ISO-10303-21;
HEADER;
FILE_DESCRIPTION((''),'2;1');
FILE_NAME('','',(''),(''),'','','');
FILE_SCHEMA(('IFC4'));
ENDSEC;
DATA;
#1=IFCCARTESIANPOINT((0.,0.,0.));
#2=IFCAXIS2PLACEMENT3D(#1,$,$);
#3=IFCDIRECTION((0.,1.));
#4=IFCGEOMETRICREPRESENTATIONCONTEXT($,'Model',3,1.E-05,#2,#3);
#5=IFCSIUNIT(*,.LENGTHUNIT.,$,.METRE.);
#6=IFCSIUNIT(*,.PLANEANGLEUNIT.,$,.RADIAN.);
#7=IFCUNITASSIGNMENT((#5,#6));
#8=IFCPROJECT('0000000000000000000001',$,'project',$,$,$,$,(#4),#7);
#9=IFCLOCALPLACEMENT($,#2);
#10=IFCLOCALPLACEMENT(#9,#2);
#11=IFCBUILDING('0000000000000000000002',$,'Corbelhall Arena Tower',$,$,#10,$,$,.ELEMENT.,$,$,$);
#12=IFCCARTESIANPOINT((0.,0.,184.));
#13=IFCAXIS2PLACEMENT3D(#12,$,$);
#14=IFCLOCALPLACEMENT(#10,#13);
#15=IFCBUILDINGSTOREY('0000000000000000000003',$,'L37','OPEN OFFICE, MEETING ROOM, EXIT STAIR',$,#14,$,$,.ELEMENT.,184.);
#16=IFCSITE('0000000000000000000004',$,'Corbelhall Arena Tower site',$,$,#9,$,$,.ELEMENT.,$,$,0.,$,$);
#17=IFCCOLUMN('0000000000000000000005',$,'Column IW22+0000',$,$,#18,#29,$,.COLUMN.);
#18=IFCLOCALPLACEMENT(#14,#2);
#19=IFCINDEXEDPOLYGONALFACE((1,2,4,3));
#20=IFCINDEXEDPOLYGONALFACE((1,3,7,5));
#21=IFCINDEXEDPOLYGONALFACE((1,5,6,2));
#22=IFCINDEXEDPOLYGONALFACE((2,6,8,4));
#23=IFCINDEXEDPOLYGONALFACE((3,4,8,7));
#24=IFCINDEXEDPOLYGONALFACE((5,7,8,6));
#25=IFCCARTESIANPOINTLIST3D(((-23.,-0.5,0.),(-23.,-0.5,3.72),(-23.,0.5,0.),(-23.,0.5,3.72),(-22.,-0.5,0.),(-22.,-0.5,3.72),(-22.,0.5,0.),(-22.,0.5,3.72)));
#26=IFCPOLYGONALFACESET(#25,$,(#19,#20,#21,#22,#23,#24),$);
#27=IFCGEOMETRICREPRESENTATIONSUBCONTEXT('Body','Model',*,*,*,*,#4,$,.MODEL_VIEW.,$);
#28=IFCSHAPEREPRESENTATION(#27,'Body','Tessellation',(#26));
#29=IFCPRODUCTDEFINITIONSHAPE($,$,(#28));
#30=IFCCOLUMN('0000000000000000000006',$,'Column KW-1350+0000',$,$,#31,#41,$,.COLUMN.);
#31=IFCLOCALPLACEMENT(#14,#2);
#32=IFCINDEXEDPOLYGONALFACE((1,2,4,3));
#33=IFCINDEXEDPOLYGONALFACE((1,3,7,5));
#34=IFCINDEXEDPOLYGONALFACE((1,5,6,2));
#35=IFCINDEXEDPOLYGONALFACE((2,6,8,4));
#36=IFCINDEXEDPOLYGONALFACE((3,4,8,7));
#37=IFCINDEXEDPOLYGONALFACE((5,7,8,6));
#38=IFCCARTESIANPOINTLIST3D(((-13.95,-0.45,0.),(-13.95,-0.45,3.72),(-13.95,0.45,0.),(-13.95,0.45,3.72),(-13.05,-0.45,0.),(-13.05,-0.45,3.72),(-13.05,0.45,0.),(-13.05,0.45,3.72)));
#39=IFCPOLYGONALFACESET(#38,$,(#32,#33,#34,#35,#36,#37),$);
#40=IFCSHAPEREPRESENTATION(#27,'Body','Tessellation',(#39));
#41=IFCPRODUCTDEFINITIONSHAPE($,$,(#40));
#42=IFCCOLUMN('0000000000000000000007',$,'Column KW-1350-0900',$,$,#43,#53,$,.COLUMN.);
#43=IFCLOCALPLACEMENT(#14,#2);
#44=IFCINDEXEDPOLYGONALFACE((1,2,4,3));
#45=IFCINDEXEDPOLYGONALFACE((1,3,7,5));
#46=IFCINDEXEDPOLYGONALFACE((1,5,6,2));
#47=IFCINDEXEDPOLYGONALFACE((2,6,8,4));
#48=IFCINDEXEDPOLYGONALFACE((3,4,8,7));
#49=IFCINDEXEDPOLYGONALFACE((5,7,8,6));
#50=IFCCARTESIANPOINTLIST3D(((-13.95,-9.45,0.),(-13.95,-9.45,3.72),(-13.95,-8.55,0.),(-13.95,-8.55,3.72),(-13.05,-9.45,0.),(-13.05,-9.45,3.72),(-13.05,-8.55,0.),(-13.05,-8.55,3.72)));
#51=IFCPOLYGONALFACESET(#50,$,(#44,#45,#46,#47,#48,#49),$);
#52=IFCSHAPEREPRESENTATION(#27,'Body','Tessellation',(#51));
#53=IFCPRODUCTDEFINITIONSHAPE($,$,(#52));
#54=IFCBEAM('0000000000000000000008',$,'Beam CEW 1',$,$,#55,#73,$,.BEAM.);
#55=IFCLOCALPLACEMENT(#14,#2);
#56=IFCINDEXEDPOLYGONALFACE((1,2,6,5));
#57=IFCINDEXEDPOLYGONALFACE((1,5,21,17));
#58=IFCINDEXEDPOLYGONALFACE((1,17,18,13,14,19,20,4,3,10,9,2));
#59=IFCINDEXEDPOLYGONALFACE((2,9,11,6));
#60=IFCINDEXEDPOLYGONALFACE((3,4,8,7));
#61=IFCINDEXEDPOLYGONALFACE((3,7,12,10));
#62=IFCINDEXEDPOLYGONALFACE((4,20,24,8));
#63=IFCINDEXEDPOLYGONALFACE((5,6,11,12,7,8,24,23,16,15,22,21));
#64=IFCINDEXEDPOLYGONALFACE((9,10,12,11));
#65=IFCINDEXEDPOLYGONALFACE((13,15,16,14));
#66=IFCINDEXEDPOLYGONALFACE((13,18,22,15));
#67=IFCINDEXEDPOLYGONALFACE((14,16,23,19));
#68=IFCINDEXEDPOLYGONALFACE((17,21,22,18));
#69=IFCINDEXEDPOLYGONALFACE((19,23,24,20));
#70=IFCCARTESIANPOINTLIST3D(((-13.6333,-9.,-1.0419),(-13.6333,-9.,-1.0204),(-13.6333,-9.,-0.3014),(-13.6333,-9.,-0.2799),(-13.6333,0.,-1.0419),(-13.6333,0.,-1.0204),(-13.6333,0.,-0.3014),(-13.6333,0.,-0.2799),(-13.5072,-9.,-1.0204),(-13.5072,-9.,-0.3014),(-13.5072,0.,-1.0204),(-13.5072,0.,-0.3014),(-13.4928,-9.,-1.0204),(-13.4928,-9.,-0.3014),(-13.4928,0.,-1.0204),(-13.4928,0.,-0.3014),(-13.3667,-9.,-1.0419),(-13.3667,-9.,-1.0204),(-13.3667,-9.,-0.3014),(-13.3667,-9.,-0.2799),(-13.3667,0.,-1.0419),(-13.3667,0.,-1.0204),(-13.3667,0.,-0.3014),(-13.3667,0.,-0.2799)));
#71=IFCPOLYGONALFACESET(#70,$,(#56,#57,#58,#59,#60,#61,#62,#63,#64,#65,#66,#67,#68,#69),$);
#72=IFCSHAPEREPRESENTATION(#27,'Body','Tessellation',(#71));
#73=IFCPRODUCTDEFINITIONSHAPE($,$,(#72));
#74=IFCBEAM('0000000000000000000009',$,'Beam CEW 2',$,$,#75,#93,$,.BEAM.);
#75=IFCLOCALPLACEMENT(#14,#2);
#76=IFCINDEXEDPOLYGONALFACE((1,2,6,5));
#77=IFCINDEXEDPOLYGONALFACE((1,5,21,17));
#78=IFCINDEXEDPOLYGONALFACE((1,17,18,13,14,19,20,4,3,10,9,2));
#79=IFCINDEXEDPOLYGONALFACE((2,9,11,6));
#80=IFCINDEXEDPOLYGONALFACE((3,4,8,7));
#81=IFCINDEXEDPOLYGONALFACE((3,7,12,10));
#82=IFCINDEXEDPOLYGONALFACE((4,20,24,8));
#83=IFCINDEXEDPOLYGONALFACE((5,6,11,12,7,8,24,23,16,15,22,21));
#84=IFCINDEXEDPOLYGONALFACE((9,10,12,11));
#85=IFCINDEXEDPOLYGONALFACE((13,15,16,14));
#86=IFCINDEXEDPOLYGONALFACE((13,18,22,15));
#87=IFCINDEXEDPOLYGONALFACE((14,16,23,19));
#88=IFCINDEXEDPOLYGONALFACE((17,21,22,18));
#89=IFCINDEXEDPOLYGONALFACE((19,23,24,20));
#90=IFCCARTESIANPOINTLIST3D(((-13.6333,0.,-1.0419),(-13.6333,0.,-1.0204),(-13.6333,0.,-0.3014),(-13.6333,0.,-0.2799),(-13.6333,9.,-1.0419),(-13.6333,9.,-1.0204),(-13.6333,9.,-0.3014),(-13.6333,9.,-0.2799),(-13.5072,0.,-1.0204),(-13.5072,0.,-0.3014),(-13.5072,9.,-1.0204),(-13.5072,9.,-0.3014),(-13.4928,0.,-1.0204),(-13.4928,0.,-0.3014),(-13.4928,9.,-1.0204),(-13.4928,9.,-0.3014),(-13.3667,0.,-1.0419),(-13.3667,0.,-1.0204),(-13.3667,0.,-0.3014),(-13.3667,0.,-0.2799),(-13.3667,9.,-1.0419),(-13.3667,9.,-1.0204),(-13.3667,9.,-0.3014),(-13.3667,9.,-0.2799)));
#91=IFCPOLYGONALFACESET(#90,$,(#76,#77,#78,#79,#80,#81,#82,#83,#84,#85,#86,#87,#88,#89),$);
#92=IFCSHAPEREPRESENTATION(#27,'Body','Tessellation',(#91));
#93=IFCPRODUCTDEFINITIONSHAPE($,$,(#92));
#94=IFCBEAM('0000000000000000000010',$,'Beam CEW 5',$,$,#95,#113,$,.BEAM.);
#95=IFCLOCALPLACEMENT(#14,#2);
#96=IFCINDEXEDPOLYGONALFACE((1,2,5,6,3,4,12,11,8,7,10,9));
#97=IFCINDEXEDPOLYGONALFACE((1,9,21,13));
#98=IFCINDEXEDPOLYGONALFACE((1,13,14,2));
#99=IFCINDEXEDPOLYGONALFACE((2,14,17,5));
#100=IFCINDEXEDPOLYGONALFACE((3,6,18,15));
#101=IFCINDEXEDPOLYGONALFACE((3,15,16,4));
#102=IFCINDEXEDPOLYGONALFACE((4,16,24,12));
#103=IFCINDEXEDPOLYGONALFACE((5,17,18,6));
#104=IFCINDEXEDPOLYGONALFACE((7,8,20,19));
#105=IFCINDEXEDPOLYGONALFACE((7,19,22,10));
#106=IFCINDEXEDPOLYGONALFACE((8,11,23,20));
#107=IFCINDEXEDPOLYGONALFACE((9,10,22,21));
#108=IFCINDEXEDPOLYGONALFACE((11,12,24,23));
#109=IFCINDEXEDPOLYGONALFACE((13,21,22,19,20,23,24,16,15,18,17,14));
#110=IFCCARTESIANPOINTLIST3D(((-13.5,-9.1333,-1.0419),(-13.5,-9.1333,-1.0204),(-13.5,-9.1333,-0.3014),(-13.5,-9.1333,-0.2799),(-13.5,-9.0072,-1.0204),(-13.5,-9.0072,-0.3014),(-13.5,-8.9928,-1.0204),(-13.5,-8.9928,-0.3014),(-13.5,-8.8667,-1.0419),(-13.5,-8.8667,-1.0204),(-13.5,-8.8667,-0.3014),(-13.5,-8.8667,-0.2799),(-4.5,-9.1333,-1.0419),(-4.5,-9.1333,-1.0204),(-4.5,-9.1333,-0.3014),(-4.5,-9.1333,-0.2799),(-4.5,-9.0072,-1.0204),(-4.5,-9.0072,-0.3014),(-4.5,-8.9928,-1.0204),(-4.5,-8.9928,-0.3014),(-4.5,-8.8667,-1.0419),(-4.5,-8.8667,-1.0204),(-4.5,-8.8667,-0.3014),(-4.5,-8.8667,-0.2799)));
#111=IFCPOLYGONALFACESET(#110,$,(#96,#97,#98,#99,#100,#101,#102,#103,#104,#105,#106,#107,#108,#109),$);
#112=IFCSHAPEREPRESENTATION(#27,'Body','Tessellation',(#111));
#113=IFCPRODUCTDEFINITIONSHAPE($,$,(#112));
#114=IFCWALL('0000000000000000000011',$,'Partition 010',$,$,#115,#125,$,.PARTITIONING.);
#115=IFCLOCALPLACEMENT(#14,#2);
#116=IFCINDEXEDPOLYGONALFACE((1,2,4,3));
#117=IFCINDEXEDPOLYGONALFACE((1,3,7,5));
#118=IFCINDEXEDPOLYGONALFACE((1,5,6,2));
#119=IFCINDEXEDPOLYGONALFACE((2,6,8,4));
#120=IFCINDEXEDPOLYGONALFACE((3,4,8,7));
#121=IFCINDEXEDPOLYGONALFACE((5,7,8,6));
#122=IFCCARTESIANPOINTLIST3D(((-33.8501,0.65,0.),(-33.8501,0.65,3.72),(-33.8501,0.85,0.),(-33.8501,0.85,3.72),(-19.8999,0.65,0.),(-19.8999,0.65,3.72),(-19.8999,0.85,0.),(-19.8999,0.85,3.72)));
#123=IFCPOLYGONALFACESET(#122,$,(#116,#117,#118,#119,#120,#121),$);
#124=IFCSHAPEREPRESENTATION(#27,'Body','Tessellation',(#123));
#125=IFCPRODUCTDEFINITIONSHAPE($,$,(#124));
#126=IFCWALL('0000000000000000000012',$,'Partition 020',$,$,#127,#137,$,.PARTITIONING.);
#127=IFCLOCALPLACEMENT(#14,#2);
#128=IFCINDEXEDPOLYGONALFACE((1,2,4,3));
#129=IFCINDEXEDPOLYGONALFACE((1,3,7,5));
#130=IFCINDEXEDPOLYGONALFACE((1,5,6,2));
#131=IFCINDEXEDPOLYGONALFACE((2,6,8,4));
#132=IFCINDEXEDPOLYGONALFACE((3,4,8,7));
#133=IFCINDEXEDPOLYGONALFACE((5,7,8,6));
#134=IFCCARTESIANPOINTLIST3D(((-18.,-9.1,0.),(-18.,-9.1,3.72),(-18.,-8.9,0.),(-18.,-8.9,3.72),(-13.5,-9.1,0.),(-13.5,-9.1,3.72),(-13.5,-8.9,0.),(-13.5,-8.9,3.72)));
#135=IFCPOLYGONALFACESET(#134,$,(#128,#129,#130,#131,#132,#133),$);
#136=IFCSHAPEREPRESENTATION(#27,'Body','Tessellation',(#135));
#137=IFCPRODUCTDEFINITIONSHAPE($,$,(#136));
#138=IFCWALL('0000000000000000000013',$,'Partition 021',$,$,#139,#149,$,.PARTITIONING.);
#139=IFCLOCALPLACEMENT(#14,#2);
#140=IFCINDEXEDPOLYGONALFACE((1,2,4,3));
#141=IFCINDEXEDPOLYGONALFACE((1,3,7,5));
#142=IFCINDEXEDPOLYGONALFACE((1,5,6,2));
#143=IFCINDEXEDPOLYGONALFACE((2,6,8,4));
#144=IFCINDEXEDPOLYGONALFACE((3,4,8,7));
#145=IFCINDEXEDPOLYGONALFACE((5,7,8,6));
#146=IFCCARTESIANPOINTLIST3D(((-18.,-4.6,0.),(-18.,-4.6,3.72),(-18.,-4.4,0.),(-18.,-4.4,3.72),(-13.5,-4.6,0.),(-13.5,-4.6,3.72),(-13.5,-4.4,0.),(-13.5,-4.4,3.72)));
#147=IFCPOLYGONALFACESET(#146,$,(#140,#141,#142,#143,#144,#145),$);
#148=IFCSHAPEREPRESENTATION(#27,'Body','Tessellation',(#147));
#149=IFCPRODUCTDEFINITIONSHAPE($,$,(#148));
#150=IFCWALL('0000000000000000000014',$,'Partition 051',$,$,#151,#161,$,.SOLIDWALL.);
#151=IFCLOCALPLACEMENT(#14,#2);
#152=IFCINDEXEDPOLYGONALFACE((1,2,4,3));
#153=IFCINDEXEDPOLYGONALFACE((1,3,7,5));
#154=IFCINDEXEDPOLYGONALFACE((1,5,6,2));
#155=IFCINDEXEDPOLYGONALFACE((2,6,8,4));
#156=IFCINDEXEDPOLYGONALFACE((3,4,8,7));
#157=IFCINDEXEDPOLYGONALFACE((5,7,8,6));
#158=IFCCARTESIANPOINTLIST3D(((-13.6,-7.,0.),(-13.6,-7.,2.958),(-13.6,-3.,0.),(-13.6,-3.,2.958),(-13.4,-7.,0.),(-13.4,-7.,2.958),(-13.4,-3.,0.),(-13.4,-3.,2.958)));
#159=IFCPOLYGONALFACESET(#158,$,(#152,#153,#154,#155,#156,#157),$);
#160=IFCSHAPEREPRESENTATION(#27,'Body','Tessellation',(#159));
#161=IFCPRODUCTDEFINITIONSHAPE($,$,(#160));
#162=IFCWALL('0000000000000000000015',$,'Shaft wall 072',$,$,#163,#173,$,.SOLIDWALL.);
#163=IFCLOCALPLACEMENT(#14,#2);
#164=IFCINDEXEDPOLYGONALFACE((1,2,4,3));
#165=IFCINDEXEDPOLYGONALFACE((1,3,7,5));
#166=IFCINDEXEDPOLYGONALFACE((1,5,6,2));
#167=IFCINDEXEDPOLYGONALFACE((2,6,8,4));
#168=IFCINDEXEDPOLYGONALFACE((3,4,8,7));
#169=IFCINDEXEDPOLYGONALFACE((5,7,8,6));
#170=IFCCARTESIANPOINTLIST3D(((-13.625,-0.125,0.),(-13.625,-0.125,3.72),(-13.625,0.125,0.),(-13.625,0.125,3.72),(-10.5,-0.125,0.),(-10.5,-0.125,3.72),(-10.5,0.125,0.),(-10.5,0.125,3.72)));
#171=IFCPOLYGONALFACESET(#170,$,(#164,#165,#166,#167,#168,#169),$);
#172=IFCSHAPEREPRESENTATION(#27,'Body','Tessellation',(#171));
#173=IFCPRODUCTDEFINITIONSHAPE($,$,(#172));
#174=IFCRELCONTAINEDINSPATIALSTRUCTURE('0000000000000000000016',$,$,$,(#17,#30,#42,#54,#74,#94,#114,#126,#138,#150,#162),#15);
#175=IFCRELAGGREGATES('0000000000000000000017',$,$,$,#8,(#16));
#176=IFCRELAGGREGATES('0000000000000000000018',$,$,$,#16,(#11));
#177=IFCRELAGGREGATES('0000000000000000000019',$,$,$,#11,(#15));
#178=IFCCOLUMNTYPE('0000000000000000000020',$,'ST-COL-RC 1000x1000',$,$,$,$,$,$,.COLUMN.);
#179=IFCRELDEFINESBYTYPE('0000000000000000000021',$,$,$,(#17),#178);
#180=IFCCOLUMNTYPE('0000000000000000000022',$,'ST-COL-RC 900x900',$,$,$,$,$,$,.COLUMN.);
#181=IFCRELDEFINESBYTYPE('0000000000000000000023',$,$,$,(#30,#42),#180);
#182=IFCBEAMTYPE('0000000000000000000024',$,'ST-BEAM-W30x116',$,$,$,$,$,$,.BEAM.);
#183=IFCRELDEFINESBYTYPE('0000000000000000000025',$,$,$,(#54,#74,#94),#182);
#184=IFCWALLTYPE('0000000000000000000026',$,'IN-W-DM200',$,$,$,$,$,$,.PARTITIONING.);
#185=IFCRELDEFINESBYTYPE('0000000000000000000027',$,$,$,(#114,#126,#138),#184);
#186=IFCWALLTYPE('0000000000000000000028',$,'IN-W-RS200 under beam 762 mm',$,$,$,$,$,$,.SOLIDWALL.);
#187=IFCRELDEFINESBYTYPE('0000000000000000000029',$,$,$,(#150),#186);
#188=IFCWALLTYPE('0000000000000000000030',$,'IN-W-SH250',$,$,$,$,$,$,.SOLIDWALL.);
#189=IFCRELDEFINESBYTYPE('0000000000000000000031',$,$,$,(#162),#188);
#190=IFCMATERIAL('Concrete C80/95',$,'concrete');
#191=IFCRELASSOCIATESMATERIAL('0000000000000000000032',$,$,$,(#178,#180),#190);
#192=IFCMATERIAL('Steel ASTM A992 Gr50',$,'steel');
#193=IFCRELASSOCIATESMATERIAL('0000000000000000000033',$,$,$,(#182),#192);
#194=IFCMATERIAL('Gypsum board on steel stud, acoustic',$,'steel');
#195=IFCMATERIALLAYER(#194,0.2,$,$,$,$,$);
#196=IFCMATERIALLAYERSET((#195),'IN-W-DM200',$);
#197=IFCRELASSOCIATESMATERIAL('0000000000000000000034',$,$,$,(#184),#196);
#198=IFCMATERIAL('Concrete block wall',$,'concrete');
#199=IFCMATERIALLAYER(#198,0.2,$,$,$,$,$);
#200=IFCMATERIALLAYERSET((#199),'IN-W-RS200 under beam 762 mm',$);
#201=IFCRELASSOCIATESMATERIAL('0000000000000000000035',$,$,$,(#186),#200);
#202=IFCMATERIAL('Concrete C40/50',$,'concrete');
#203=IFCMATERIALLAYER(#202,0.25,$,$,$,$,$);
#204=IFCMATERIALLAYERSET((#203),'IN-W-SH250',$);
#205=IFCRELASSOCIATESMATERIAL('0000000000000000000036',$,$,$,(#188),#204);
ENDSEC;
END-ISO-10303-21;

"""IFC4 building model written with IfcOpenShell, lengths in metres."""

from ifc_helpers import new_model, si_unit, direction, frame, frame_2d, origin, origin_2d, place, context, subcontext, project, spatial, rectangle, i_section, extrude, material, layer, layer_set, material_profile, profile_set, type_object, element, save


model = new_model("IFC4")

# Units and contexts
model_context = context("Model", 3, precision=1e-05, world=origin(), true_north=direction((0.0, 1.0)))
body_context = subcontext(model_context, "Body", "Model", "MODEL_VIEW")
ifc_project = project(units=[si_unit("LENGTHUNIT", "METRE"), si_unit("PLANEANGLEUNIT", "RADIAN")], contexts=[model_context])

# Site, building, storey
site_placement = place(None, origin())
site = spatial("IfcSite", under=ifc_project, at=site_placement, Name="Corbelhall Arena Tower site", CompositionType="ELEMENT", RefElevation=0.0)
building_placement = place(site_placement, origin())
building = spatial("IfcBuilding", under=site, at=building_placement, Name="Corbelhall Arena Tower", CompositionType="ELEMENT")
storey_placement = place(building_placement, frame((0.0, 0.0, 184.0)))
storey = spatial("IfcBuildingStorey", under=building, at=storey_placement, Name="L37", Description="OPEN OFFICE, MEETING ROOM, EXIT STAIR", CompositionType="ELEMENT", Elevation=184.0)

# Columns
ifc_material_1 = material(Name="Concrete C80/95", Category="concrete")
ifc_material_profile_1 = material_profile(ifc_material_1, rectangle(XDim=1.0, YDim=1.0, at=origin_2d()))
ifc_profile_set_1 = profile_set([ifc_material_profile_1], Name="Concrete C80/95")
column_type_1 = type_object("IfcColumnType", Name="ST-COL-RC 1000x1000", PredefinedType="COLUMN", material=ifc_profile_set_1)
column_placement = place(storey_placement, frame((-22.5, 0.0, 0.0), z_axis=(0.0, 0.0, 1.0), x_axis=(1.0, 0.0, 0.0)))
element("IfcColumn", 1, at=column_placement, inside=storey, type_object=column_type_1, Name="Column IW22+0000", PredefinedType="COLUMN", context=body_context, shape_type="SweptSolid", body=[
    extrude(rectangle(XDim=1.0, YDim=1.0, at=origin_2d()), origin(), (0.0, 0.0, 1.0), 3.72),
])
ifc_material_profile_2 = material_profile(ifc_material_1, rectangle(XDim=0.8999, YDim=0.8999, at=origin_2d()))
ifc_profile_set_2 = profile_set([ifc_material_profile_2], Name="Concrete C80/95")
column_type_2 = type_object("IfcColumnType", Name="ST-COL-RC 900x900", PredefinedType="COLUMN", material=ifc_profile_set_2)
for number, where, z_axis, x_axis, name in (
    (2, (-13.5, 0.0, 0.0), (0.0, 0.0, 1.0), (1.0, 0.0, 0.0), "Column KW-1350+0000"),
    (3, (-13.5, -9.0, 0.0), (0.0, 0.0, 1.0), (1.0, 0.0, 0.0), "Column KW-1350-0900"),
):
    element("IfcColumn", number, at=place(storey_placement, frame(where, z_axis=z_axis, x_axis=x_axis)), inside=storey, type_object=column_type_2, Name=name, PredefinedType="COLUMN", context=body_context, shape_type="SweptSolid", body=[
        extrude(rectangle(XDim=0.8999, YDim=0.8999, at=origin_2d()), origin(), (0.0, 0.0, 1.0), 3.72),
    ])

# Beams
ifc_material_2 = material(Name="Steel ASTM A992 Gr50", Category="steel")
ifc_material_profile_3 = material_profile(ifc_material_2, i_section(OverallWidth=0.2666, OverallDepth=0.762, WebThickness=0.0144, FlangeThickness=0.0215, at=origin_2d()))
ifc_profile_set_3 = profile_set([ifc_material_profile_3], Name="Steel ASTM A992 Gr50")
beam_type = type_object("IfcBeamType", Name="ST-BEAM-W30x116", PredefinedType="BEAM", material=ifc_profile_set_3)
for number, where, z_axis, x_axis, name in (
    (4, (-13.5, -9.0, -0.6609), (0.0, 1.0, 0.0), (-1.0, 0.0, 0.0), "Beam CEW 1"),
    (5, (-13.5, 0.0, -0.6609), (0.0, 1.0, 0.0), (-1.0, 0.0, 0.0), "Beam CEW 2"),
    (6, (-13.5, -9.0, -0.6609), (1.0, 0.0, 0.0), (0.0, 1.0, 0.0), "Beam CEW 5"),
):
    element("IfcBeam", number, at=place(storey_placement, frame(where, z_axis=z_axis, x_axis=x_axis)), inside=storey, type_object=beam_type, Name=name, PredefinedType="BEAM", context=body_context, shape_type="SweptSolid", body=[
        extrude(i_section(OverallWidth=0.2666, OverallDepth=0.762, WebThickness=0.0144, FlangeThickness=0.0215, at=origin_2d()), origin(), (0.0, 0.0, 1.0), 9.0),
    ])

# Walls
ifc_material_3 = material(Name="Gypsum board on steel stud, acoustic", Category="steel")
ifc_layer_1 = layer(ifc_material_3, 0.2)
ifc_layer_set_1 = layer_set([ifc_layer_1], Name="IN-W-DM200")
wall_type_1 = type_object("IfcWallType", Name="IN-W-DM200", PredefinedType="PARTITIONING", material=ifc_layer_set_1)
wall_1_placement = place(storey_placement, frame((-19.8999, 0.75, 0.0), z_axis=(0.0, 0.0, 1.0), x_axis=(-1.0, 0.0, 0.0)))
element("IfcWall", 7, at=wall_1_placement, inside=storey, type_object=wall_type_1, Name="Partition 010", PredefinedType="PARTITIONING", context=body_context, shape_type="SweptSolid", body=[
    extrude(rectangle(XDim=13.9502, YDim=0.2, at=frame_2d((6.9751, 0.0))), origin(), (0.0, 0.0, 1.0), 3.72),
])
for number, where, z_axis, x_axis, name in (
    (8, (-18.0, -9.0, 0.0), (0.0, 0.0, 1.0), (1.0, 0.0, 0.0), "Partition 020"),
    (9, (-18.0, -4.5, 0.0), (0.0, 0.0, 1.0), (1.0, 0.0, 0.0), "Partition 021"),
):
    element("IfcWall", number, at=place(storey_placement, frame(where, z_axis=z_axis, x_axis=x_axis)), inside=storey, type_object=wall_type_1, Name=name, PredefinedType="PARTITIONING", context=body_context, shape_type="SweptSolid", body=[
        extrude(rectangle(XDim=4.5, YDim=0.2, at=frame_2d((2.25, 0.0))), origin(), (0.0, 0.0, 1.0), 3.72),
    ])

# Shared definitions
ifc_material_4 = material(Name="Concrete block wall", Category="concrete")

# Walls
ifc_layer_2 = layer(ifc_material_4, 0.2)
ifc_layer_set_2 = layer_set([ifc_layer_2], Name="IN-W-RS200 under beam 762 mm")
wall_type_2 = type_object("IfcWallType", Name="IN-W-RS200 under beam 762 mm", PredefinedType="SOLIDWALL", material=ifc_layer_set_2)
wall_2_placement = place(storey_placement, frame((-13.5, -7.0, 0.0), z_axis=(0.0, 0.0, 1.0), x_axis=(0.0, 1.0, 0.0)))
element("IfcWall", 10, at=wall_2_placement, inside=storey, type_object=wall_type_2, Name="Partition 051", PredefinedType="SOLIDWALL", context=body_context, shape_type="SweptSolid", body=[
    extrude(rectangle(XDim=4.0, YDim=0.2, at=frame_2d((2.0, 0.0))), origin(), (0.0, 0.0, 1.0), 2.958),
])
ifc_material_5 = material(Name="Concrete C40/50", Category="concrete")
ifc_layer_3 = layer(ifc_material_5, 0.25)
ifc_layer_set_3 = layer_set([ifc_layer_3], Name="IN-W-SH250")
wall_type_3 = type_object("IfcWallType", Name="IN-W-SH250", PredefinedType="SOLIDWALL", material=ifc_layer_set_3)
wall_3_placement = place(storey_placement, frame((-13.625, 0.0, 0.0), z_axis=(0.0, 0.0, 1.0), x_axis=(1.0, 0.0, 0.0)))
element("IfcWall", 11, at=wall_3_placement, inside=storey, type_object=wall_type_3, Name="Shaft wall 072", PredefinedType="SOLIDWALL", context=body_context, shape_type="SweptSolid", body=[
    extrude(rectangle(XDim=3.125, YDim=0.25, at=frame_2d((1.5625, 0.0))), origin(), (0.0, 0.0, 1.0), 3.72),
])

save(model, "model.ifc")
